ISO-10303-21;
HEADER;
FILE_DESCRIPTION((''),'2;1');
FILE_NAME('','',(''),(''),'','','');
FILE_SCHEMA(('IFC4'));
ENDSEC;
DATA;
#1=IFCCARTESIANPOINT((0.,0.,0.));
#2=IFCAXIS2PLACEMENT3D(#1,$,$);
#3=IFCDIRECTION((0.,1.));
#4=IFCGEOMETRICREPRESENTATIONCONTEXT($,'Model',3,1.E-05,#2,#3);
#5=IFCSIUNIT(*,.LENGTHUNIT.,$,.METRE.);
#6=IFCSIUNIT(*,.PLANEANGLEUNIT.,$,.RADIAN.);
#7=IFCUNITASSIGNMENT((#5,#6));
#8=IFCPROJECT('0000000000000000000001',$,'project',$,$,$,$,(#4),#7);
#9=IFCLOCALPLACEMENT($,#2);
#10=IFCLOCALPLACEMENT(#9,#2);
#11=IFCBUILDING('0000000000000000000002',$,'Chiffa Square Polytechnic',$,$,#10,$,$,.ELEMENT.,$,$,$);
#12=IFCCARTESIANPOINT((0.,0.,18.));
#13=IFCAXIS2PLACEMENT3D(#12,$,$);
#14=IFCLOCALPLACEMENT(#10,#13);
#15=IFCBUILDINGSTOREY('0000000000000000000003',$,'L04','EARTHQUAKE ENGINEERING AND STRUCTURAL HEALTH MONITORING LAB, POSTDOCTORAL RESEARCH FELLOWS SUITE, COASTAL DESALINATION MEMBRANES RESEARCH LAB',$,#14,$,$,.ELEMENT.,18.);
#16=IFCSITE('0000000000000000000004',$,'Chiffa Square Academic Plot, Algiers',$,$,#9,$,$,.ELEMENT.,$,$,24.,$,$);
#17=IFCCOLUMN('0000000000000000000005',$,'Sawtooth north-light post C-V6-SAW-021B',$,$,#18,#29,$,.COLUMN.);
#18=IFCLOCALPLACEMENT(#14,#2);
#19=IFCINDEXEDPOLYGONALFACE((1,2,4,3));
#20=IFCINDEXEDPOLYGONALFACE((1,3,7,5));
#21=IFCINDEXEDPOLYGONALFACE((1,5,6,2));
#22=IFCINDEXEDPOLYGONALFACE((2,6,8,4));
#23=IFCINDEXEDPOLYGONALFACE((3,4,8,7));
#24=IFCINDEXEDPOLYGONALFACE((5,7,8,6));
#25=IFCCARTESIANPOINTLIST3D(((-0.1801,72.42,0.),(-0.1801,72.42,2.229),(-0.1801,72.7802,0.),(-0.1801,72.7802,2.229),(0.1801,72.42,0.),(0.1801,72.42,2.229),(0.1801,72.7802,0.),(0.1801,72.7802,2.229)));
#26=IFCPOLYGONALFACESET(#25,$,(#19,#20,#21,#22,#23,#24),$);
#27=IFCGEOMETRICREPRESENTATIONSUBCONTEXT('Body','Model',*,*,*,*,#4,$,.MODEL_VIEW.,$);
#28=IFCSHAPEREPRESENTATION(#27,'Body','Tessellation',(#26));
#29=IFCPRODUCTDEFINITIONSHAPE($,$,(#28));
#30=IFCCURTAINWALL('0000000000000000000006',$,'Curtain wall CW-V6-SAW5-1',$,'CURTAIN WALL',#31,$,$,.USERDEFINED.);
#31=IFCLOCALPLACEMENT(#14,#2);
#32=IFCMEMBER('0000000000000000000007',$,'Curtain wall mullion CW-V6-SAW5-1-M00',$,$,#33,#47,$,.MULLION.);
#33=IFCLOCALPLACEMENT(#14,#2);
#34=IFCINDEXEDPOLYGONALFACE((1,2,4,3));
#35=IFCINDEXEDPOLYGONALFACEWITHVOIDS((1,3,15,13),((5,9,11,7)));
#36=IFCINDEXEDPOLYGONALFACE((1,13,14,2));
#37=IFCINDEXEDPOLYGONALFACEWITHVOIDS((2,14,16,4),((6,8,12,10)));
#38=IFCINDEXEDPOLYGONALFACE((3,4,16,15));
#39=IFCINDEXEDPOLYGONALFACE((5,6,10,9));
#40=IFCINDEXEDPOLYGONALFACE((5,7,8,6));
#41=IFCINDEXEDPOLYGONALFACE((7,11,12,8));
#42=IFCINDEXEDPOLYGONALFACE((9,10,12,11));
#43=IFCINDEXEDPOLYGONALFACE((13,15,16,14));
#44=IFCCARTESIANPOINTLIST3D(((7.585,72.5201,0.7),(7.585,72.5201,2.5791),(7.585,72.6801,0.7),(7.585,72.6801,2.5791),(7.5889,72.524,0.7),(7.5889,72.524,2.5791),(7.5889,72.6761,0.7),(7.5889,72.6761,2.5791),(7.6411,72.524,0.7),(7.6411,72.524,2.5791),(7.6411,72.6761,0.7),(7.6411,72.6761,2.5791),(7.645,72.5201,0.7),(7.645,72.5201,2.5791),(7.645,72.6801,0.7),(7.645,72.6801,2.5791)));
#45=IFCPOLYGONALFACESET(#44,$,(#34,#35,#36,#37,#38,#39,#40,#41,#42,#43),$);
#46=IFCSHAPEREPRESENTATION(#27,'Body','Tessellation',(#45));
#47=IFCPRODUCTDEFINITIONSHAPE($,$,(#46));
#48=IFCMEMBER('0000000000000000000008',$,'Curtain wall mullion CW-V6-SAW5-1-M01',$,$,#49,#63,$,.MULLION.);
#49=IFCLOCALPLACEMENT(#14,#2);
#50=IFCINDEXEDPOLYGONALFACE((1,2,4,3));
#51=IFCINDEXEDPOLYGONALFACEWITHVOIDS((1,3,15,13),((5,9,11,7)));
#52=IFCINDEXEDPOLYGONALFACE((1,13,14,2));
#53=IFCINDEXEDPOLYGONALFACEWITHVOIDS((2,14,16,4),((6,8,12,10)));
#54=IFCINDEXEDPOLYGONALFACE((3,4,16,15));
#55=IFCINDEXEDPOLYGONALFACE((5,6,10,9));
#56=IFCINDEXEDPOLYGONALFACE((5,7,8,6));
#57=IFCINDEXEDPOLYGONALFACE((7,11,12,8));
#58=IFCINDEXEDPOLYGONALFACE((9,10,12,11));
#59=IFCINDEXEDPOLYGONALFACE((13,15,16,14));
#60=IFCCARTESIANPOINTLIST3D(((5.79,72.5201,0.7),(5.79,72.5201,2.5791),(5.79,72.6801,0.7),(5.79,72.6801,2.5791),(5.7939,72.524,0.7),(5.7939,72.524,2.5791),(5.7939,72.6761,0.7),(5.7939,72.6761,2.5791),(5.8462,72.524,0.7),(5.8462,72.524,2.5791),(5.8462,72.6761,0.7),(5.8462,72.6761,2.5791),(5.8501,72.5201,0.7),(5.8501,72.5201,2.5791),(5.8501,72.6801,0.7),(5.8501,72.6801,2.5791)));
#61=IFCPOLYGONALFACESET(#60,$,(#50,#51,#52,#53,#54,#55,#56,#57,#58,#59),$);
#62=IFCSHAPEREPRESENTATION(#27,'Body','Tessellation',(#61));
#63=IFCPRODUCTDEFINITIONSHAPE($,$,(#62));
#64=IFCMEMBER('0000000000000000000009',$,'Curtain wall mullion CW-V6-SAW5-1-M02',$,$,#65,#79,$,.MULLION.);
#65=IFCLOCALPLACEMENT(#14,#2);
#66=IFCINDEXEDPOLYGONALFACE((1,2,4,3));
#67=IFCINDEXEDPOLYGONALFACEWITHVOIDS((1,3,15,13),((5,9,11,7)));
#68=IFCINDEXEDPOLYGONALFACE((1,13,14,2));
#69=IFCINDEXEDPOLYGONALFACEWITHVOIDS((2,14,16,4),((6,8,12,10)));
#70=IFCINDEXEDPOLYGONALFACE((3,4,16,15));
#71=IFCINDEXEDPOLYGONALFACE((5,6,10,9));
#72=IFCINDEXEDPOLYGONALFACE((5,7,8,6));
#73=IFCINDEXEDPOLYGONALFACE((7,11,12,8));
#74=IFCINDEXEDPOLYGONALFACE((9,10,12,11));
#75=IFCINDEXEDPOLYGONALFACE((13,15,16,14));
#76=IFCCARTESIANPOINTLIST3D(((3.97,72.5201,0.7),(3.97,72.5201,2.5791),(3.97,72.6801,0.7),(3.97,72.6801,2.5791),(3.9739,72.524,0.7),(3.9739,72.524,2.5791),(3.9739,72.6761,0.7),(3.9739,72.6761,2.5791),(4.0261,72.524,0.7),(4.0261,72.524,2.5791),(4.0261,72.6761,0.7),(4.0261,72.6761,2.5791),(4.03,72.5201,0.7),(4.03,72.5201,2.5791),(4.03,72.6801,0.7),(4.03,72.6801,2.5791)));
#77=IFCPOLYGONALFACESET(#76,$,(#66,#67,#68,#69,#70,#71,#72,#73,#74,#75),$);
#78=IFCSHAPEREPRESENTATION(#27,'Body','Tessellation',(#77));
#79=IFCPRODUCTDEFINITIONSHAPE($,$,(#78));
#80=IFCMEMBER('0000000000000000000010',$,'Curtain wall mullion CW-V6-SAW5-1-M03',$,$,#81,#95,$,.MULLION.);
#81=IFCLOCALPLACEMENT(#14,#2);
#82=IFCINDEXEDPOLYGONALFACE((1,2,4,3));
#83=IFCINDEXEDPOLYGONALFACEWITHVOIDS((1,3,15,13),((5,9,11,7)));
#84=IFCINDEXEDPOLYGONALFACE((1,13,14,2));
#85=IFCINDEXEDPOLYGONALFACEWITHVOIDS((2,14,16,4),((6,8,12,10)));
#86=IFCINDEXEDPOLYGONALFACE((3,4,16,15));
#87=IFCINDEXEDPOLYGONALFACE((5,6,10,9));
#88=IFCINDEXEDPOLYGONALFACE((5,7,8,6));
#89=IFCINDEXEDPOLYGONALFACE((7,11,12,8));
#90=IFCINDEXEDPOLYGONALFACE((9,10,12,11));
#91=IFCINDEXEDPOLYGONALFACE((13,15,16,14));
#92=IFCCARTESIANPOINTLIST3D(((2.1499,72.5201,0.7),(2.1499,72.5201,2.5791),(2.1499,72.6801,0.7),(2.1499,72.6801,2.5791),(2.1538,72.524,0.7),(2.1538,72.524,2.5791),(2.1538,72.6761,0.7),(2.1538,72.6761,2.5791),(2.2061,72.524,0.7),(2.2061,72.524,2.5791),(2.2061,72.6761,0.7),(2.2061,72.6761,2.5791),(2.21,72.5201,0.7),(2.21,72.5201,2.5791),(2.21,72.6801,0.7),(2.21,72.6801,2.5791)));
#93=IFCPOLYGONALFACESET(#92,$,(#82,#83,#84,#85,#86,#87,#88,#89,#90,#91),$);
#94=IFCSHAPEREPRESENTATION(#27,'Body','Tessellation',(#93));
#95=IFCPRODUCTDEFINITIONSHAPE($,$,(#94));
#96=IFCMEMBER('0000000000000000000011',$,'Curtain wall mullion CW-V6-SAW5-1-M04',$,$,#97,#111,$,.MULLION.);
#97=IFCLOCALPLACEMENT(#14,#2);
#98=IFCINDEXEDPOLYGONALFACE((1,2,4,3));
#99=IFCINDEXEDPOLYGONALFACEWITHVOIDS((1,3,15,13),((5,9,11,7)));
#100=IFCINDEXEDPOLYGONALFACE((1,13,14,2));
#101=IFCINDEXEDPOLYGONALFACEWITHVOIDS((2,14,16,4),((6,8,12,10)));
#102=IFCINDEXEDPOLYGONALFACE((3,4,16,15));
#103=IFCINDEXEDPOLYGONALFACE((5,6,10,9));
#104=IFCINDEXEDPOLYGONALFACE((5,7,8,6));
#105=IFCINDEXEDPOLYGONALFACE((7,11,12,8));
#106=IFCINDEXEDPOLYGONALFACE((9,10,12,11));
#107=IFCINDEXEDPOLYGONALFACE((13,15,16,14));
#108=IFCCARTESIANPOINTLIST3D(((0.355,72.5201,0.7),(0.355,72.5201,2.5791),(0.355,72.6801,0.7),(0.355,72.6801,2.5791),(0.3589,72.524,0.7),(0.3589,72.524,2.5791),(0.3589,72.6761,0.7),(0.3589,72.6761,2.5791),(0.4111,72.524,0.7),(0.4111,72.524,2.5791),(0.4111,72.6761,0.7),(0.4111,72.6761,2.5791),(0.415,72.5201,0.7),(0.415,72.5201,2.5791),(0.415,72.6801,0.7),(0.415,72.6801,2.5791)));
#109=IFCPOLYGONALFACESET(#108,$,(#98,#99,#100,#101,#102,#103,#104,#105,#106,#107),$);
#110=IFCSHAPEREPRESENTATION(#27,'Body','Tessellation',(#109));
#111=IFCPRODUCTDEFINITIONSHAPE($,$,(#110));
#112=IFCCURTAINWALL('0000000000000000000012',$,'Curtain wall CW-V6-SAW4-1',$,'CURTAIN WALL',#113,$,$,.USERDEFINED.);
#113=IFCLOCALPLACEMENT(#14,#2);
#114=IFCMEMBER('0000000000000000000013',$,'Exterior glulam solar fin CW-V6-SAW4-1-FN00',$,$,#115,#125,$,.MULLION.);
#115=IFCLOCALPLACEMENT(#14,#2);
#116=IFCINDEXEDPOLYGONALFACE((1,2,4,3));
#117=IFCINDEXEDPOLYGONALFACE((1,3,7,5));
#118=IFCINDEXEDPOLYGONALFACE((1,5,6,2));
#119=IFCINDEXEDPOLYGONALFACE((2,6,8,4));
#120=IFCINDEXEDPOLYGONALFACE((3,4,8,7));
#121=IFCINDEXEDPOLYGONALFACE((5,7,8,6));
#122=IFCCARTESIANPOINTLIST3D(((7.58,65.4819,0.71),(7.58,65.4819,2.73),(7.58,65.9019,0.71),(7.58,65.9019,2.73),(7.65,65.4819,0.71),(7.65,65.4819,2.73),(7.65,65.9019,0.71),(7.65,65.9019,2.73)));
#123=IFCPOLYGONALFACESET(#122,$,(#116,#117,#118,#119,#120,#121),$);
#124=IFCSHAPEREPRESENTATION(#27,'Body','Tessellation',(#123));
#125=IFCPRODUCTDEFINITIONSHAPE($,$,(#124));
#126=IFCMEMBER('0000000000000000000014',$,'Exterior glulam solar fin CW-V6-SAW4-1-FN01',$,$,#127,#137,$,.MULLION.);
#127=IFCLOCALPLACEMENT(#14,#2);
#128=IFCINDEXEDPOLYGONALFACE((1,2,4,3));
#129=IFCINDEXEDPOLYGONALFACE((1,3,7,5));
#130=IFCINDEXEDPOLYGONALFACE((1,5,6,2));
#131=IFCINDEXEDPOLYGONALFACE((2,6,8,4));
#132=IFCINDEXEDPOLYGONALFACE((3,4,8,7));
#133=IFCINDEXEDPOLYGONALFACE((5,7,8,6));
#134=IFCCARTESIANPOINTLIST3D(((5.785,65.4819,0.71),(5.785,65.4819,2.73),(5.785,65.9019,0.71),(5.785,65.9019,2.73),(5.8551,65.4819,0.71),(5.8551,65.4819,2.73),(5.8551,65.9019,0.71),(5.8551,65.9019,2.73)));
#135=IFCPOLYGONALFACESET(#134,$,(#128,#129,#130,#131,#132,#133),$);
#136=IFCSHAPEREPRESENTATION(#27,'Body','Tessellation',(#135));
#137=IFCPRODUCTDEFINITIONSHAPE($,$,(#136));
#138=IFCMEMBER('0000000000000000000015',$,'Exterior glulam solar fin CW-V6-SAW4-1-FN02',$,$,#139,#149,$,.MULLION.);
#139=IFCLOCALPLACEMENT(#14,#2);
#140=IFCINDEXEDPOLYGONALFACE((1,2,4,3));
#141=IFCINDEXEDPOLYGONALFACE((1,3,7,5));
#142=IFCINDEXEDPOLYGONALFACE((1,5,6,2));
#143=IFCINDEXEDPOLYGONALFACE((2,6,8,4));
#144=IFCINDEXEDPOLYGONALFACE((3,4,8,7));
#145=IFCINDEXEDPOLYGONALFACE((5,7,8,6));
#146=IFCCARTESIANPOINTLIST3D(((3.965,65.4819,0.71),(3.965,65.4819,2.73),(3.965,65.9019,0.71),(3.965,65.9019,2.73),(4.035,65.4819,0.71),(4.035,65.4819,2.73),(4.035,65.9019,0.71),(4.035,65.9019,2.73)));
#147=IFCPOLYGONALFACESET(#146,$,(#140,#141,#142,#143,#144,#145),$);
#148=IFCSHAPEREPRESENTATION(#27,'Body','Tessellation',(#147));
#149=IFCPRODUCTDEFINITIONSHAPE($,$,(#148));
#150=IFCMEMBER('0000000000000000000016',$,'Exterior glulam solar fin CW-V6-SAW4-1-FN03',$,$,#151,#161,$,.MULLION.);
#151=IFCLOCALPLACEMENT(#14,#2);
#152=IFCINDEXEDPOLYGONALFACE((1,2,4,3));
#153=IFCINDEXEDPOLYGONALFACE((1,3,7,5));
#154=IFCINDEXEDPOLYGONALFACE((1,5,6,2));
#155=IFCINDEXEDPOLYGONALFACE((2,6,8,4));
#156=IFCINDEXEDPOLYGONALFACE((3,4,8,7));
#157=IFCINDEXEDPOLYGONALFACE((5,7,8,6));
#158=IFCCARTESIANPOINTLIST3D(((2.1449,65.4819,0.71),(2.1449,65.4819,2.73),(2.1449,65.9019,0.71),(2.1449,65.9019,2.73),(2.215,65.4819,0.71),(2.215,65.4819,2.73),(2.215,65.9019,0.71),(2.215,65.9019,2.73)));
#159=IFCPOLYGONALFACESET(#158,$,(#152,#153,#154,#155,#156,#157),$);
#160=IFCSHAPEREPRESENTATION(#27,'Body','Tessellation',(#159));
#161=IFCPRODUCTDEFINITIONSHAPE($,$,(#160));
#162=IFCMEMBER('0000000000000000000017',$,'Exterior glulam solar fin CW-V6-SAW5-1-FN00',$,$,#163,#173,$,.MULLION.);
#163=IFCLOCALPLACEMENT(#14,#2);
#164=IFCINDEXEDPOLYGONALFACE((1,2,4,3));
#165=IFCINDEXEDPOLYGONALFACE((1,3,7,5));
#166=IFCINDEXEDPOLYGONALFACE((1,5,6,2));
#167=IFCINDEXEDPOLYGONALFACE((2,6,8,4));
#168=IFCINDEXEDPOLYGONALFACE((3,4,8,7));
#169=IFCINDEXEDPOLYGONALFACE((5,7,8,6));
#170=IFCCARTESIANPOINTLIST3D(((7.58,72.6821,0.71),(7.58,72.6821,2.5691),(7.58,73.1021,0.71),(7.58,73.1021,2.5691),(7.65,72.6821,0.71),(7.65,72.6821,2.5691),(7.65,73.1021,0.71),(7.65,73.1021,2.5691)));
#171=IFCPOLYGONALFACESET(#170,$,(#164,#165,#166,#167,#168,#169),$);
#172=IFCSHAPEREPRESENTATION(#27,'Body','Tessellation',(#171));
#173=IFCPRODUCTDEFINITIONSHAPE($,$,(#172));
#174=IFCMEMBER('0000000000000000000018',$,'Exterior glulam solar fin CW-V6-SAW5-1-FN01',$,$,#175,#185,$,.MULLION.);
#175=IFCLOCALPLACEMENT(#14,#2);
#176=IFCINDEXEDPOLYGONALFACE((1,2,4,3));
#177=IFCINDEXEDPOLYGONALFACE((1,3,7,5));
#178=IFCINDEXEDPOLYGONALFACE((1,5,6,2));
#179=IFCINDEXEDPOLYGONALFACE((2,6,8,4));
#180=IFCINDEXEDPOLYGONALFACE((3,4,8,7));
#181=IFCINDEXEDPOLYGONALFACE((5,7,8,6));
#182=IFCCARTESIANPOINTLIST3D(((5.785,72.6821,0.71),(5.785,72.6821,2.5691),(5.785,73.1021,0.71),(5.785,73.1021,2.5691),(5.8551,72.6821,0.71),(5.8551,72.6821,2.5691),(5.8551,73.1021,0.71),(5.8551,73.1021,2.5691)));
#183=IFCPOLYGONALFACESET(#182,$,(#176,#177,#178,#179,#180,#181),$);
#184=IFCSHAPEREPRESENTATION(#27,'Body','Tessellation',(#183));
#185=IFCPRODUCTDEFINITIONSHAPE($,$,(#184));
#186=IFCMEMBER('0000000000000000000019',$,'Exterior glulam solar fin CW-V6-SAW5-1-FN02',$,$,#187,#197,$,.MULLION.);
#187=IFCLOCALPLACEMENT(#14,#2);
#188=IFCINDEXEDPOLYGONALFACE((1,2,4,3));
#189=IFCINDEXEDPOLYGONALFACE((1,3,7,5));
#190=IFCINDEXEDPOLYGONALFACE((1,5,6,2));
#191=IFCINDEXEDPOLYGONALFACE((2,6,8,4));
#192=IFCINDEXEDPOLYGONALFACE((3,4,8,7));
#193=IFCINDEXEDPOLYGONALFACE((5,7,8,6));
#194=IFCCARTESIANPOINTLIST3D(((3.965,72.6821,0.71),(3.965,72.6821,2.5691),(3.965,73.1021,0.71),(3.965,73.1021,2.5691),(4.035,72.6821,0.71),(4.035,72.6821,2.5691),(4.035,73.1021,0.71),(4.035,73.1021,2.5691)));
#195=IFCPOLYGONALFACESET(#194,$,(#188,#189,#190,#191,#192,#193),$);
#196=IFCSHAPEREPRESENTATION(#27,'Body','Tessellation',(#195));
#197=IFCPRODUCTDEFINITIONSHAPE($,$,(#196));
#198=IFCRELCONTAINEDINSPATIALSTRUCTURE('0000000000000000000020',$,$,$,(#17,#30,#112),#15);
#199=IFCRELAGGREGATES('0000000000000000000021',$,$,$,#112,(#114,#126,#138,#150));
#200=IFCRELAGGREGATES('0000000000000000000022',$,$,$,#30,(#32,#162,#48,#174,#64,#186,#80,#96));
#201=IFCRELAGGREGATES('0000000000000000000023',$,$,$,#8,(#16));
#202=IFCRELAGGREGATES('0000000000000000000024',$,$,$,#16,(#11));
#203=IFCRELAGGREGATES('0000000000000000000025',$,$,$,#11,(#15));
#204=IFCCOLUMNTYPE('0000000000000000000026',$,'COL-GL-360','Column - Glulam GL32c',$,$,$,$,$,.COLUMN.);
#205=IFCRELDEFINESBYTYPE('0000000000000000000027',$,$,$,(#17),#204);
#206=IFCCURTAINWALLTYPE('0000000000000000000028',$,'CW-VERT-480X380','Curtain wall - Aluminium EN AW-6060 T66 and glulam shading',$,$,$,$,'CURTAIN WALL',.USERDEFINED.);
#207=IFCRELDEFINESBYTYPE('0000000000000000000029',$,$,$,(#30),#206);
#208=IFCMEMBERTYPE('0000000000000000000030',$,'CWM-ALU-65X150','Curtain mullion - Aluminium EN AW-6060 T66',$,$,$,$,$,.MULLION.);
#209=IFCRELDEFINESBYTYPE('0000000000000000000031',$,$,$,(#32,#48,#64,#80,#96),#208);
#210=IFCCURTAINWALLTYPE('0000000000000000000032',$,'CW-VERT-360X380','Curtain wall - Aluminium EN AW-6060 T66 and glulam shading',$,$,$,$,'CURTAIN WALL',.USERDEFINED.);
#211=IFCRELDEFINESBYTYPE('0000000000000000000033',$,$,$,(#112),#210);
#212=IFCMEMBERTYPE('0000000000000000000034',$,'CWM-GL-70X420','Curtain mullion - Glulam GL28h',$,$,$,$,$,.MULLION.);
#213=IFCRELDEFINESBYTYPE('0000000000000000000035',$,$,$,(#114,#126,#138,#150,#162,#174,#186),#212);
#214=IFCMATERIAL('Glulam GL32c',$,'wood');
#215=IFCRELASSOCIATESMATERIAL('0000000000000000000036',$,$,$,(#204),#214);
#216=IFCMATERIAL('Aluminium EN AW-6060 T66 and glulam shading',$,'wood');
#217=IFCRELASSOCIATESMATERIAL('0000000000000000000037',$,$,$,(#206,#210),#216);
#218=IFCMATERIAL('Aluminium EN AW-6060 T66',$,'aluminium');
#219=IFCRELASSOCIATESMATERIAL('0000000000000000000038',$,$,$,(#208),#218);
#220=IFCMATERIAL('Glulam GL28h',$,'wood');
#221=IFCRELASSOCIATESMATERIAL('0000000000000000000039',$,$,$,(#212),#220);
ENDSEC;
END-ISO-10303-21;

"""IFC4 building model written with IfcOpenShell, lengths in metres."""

from ifc_helpers import new_model, si_unit, direction, frame, origin, origin_2d, place, context, subcontext, project, spatial, rectangle, hollow_rectangle, extrude, material, material_profile, profile_set, type_object, element, aggregate, save


model = new_model("IFC4")

# Units and contexts
model_context = context("Model", 3, precision=1e-05, world=origin(), true_north=direction((0.0, 1.0)))
body_context = subcontext(model_context, "Body", "Model", "MODEL_VIEW")
ifc_project = project(units=[si_unit("LENGTHUNIT", "METRE"), si_unit("PLANEANGLEUNIT", "RADIAN")], contexts=[model_context])

# Site, building, storey
site_placement = place(None, origin())
site = spatial("IfcSite", under=ifc_project, at=site_placement, Name="Chiffa Square Academic Plot, Algiers", CompositionType="ELEMENT", RefElevation=24.0)
building_placement = place(site_placement, origin())
building = spatial("IfcBuilding", under=site, at=building_placement, Name="Chiffa Square Polytechnic", CompositionType="ELEMENT")
storey_placement = place(building_placement, frame((0.0, 0.0, 18.0)))
storey = spatial("IfcBuildingStorey", under=building, at=storey_placement, Name="L04", Description="EARTHQUAKE ENGINEERING AND STRUCTURAL HEALTH MONITORING LAB, POSTDOCTORAL RESEARCH FELLOWS SUITE, COASTAL DESALINATION MEMBRANES RESEARCH LAB", CompositionType="ELEMENT", Elevation=18.0)

# Column
ifc_material_1 = material(Name="Glulam GL32c", Category="wood")
ifc_material_profile_1 = material_profile(ifc_material_1, rectangle(XDim=0.3601, YDim=0.3601, at=origin_2d()), Name="GL32c 360x360")
ifc_profile_set_1 = profile_set([ifc_material_profile_1], Name="Glulam GL32c")
column_type = type_object("IfcColumnType", Name="COL-GL-360", Description="Column - Glulam GL32c", PredefinedType="COLUMN", material=ifc_profile_set_1)
column_placement = place(storey_placement, frame((0.0, 72.6001, 0.0), z_axis=(0.0, 0.0, 1.0), x_axis=(1.0, 0.0, 0.0)))
element("IfcColumn", 1, at=column_placement, inside=storey, type_object=column_type, Name="Sawtooth north-light post C-V6-SAW-021B", PredefinedType="COLUMN", context=body_context, shape_type="SweptSolid", body=[
    extrude(rectangle(XDim=0.3601, YDim=0.3601, at=origin_2d()), origin(), (0.0, 0.0, 1.0), 2.229),
])

# Curtain walls, members
ifc_material_2 = material(Name="Aluminium EN AW-6060 T66 and glulam shading", Category="wood")
curtain_wall_type_1 = type_object("IfcCurtainWallType", Name="CW-VERT-480X380", Description="Curtain wall - Aluminium EN AW-6060 T66 and glulam shading", ElementType="CURTAIN WALL", PredefinedType="USERDEFINED", material=ifc_material_2)
curtain_wall_1_placement = place(storey_placement, origin())
curtain_wall_1 = element("IfcCurtainWall", 2, at=curtain_wall_1_placement, inside=storey, type_object=curtain_wall_type_1, Name="Curtain wall CW-V6-SAW5-1", ObjectType="CURTAIN WALL", PredefinedType="USERDEFINED")
ifc_material_3 = material(Name="Aluminium EN AW-6060 T66", Category="aluminium")
ifc_material_profile_2 = material_profile(ifc_material_3, hollow_rectangle(XDim=0.0601, YDim=0.1599, WallThickness=0.0039, at=origin_2d()), Name="ALU 60x160x4")
ifc_profile_set_2 = profile_set([ifc_material_profile_2], Name="Aluminium EN AW-6060 T66")
member_type_1 = type_object("IfcMemberType", Name="CWM-ALU-65X150", Description="Curtain mullion - Aluminium EN AW-6060 T66", PredefinedType="MULLION", material=ifc_profile_set_2)
member_1_placement = place(storey_placement, frame((7.615, 72.6001, 0.7), z_axis=(0.0, 0.0, 1.0), x_axis=(1.0, 0.0, 0.0)))
member_1 = element("IfcMember", 3, at=member_1_placement, type_object=member_type_1, Name="Curtain wall mullion CW-V6-SAW5-1-M00", PredefinedType="MULLION", context=body_context, shape_type="SweptSolid", body=[
    extrude(hollow_rectangle(XDim=0.0601, YDim=0.1599, WallThickness=0.0039, at=origin_2d()), origin(), (0.0, 0.0, 1.0), 1.8792),
])
member_2_placement = place(storey_placement, frame((5.8201, 72.6001, 0.7), z_axis=(0.0, 0.0, 1.0), x_axis=(1.0, 0.0, 0.0)))
member_2 = element("IfcMember", 4, at=member_2_placement, type_object=member_type_1, Name="Curtain wall mullion CW-V6-SAW5-1-M01", PredefinedType="MULLION", context=body_context, shape_type="SweptSolid", body=[
    extrude(hollow_rectangle(XDim=0.0601, YDim=0.1599, WallThickness=0.0039, at=origin_2d()), origin(), (0.0, 0.0, 1.0), 1.8792),
])
member_3_placement = place(storey_placement, frame((4.0, 72.6001, 0.7), z_axis=(0.0, 0.0, 1.0), x_axis=(1.0, 0.0, 0.0)))
member_3 = element("IfcMember", 5, at=member_3_placement, type_object=member_type_1, Name="Curtain wall mullion CW-V6-SAW5-1-M02", PredefinedType="MULLION", context=body_context, shape_type="SweptSolid", body=[
    extrude(hollow_rectangle(XDim=0.0601, YDim=0.1599, WallThickness=0.0039, at=origin_2d()), origin(), (0.0, 0.0, 1.0), 1.8792),
])
member_4_placement = place(storey_placement, frame((2.1799, 72.6001, 0.7), z_axis=(0.0, 0.0, 1.0), x_axis=(1.0, 0.0, 0.0)))
member_4 = element("IfcMember", 6, at=member_4_placement, type_object=member_type_1, Name="Curtain wall mullion CW-V6-SAW5-1-M03", PredefinedType="MULLION", context=body_context, shape_type="SweptSolid", body=[
    extrude(hollow_rectangle(XDim=0.0601, YDim=0.1599, WallThickness=0.0039, at=origin_2d()), origin(), (0.0, 0.0, 1.0), 1.8792),
])
member_5_placement = place(storey_placement, frame((0.385, 72.6001, 0.7), z_axis=(0.0, 0.0, 1.0), x_axis=(1.0, 0.0, 0.0)))
member_5 = element("IfcMember", 7, at=member_5_placement, type_object=member_type_1, Name="Curtain wall mullion CW-V6-SAW5-1-M04", PredefinedType="MULLION", context=body_context, shape_type="SweptSolid", body=[
    extrude(hollow_rectangle(XDim=0.0601, YDim=0.1599, WallThickness=0.0039, at=origin_2d()), origin(), (0.0, 0.0, 1.0), 1.8792),
])
curtain_wall_type_2 = type_object("IfcCurtainWallType", Name="CW-VERT-360X380", Description="Curtain wall - Aluminium EN AW-6060 T66 and glulam shading", ElementType="CURTAIN WALL", PredefinedType="USERDEFINED", material=ifc_material_2)
curtain_wall_2_placement = place(storey_placement, origin())
curtain_wall_2 = element("IfcCurtainWall", 8, at=curtain_wall_2_placement, inside=storey, type_object=curtain_wall_type_2, Name="Curtain wall CW-V6-SAW4-1", ObjectType="CURTAIN WALL", PredefinedType="USERDEFINED")
ifc_material_4 = material(Name="Glulam GL28h", Category="wood")
ifc_material_profile_3 = material_profile(ifc_material_4, rectangle(XDim=0.0701, YDim=0.4199, at=origin_2d()), Name="GL28h 70x420")
ifc_profile_set_3 = profile_set([ifc_material_profile_3], Name="Glulam GL28h")
member_type_2 = type_object("IfcMemberType", Name="CWM-GL-70X420", Description="Curtain mullion - Glulam GL28h", PredefinedType="MULLION", material=ifc_profile_set_3)
member_6_placement = place(storey_placement, frame((7.615, 65.6919, 0.71), z_axis=(0.0, 0.0, 1.0), x_axis=(-1.0, 0.0, 0.0)))
member_6 = element("IfcMember", 9, at=member_6_placement, type_object=member_type_2, Name="Exterior glulam solar fin CW-V6-SAW4-1-FN00", PredefinedType="MULLION", context=body_context, shape_type="SweptSolid", body=[
    extrude(rectangle(XDim=0.0701, YDim=0.4199, at=origin_2d()), origin(), (0.0, 0.0, 1.0), 2.02),
])
member_7_placement = place(storey_placement, frame((5.8201, 65.6919, 0.71), z_axis=(0.0, 0.0, 1.0), x_axis=(-1.0, 0.0, 0.0)))
member_7 = element("IfcMember", 10, at=member_7_placement, type_object=member_type_2, Name="Exterior glulam solar fin CW-V6-SAW4-1-FN01", PredefinedType="MULLION", context=body_context, shape_type="SweptSolid", body=[
    extrude(rectangle(XDim=0.0701, YDim=0.4199, at=origin_2d()), origin(), (0.0, 0.0, 1.0), 2.02),
])
member_8_placement = place(storey_placement, frame((4.0, 65.6919, 0.71), z_axis=(0.0, 0.0, 1.0), x_axis=(-1.0, 0.0, 0.0)))
member_8 = element("IfcMember", 11, at=member_8_placement, type_object=member_type_2, Name="Exterior glulam solar fin CW-V6-SAW4-1-FN02", PredefinedType="MULLION", context=body_context, shape_type="SweptSolid", body=[
    extrude(rectangle(XDim=0.0701, YDim=0.4199, at=origin_2d()), origin(), (0.0, 0.0, 1.0), 2.02),
])
member_9_placement = place(storey_placement, frame((2.1799, 65.6919, 0.71), z_axis=(0.0, 0.0, 1.0), x_axis=(-1.0, 0.0, 0.0)))
member_9 = element("IfcMember", 12, at=member_9_placement, type_object=member_type_2, Name="Exterior glulam solar fin CW-V6-SAW4-1-FN03", PredefinedType="MULLION", context=body_context, shape_type="SweptSolid", body=[
    extrude(rectangle(XDim=0.0701, YDim=0.4199, at=origin_2d()), origin(), (0.0, 0.0, 1.0), 2.02),
])
aggregate(curtain_wall_2, [member_6, member_7, member_8, member_9])

# Members
member_10_placement = place(storey_placement, frame((7.615, 72.8921, 0.71), z_axis=(0.0, 0.0, 1.0), x_axis=(-1.0, 0.0, 0.0)))
member_10 = element("IfcMember", 13, at=member_10_placement, type_object=member_type_2, Name="Exterior glulam solar fin CW-V6-SAW5-1-FN00", PredefinedType="MULLION", context=body_context, shape_type="SweptSolid", body=[
    extrude(rectangle(XDim=0.0701, YDim=0.4199, at=origin_2d()), origin(), (0.0, 0.0, 1.0), 1.8591),
])
member_11_placement = place(storey_placement, frame((5.8201, 72.8921, 0.71), z_axis=(0.0, 0.0, 1.0), x_axis=(-1.0, 0.0, 0.0)))
member_11 = element("IfcMember", 14, at=member_11_placement, type_object=member_type_2, Name="Exterior glulam solar fin CW-V6-SAW5-1-FN01", PredefinedType="MULLION", context=body_context, shape_type="SweptSolid", body=[
    extrude(rectangle(XDim=0.0701, YDim=0.4199, at=origin_2d()), origin(), (0.0, 0.0, 1.0), 1.8591),
])
member_12_placement = place(storey_placement, frame((4.0, 72.8921, 0.71), z_axis=(0.0, 0.0, 1.0), x_axis=(-1.0, 0.0, 0.0)))
member_12 = element("IfcMember", 15, at=member_12_placement, type_object=member_type_2, Name="Exterior glulam solar fin CW-V6-SAW5-1-FN02", PredefinedType="MULLION", context=body_context, shape_type="SweptSolid", body=[
    extrude(rectangle(XDim=0.0701, YDim=0.4199, at=origin_2d()), origin(), (0.0, 0.0, 1.0), 1.8591),
])

aggregate(curtain_wall_1, [member_1, member_10, member_2, member_11, member_3, member_12, member_4, member_5])

save(model, "model.ifc")
